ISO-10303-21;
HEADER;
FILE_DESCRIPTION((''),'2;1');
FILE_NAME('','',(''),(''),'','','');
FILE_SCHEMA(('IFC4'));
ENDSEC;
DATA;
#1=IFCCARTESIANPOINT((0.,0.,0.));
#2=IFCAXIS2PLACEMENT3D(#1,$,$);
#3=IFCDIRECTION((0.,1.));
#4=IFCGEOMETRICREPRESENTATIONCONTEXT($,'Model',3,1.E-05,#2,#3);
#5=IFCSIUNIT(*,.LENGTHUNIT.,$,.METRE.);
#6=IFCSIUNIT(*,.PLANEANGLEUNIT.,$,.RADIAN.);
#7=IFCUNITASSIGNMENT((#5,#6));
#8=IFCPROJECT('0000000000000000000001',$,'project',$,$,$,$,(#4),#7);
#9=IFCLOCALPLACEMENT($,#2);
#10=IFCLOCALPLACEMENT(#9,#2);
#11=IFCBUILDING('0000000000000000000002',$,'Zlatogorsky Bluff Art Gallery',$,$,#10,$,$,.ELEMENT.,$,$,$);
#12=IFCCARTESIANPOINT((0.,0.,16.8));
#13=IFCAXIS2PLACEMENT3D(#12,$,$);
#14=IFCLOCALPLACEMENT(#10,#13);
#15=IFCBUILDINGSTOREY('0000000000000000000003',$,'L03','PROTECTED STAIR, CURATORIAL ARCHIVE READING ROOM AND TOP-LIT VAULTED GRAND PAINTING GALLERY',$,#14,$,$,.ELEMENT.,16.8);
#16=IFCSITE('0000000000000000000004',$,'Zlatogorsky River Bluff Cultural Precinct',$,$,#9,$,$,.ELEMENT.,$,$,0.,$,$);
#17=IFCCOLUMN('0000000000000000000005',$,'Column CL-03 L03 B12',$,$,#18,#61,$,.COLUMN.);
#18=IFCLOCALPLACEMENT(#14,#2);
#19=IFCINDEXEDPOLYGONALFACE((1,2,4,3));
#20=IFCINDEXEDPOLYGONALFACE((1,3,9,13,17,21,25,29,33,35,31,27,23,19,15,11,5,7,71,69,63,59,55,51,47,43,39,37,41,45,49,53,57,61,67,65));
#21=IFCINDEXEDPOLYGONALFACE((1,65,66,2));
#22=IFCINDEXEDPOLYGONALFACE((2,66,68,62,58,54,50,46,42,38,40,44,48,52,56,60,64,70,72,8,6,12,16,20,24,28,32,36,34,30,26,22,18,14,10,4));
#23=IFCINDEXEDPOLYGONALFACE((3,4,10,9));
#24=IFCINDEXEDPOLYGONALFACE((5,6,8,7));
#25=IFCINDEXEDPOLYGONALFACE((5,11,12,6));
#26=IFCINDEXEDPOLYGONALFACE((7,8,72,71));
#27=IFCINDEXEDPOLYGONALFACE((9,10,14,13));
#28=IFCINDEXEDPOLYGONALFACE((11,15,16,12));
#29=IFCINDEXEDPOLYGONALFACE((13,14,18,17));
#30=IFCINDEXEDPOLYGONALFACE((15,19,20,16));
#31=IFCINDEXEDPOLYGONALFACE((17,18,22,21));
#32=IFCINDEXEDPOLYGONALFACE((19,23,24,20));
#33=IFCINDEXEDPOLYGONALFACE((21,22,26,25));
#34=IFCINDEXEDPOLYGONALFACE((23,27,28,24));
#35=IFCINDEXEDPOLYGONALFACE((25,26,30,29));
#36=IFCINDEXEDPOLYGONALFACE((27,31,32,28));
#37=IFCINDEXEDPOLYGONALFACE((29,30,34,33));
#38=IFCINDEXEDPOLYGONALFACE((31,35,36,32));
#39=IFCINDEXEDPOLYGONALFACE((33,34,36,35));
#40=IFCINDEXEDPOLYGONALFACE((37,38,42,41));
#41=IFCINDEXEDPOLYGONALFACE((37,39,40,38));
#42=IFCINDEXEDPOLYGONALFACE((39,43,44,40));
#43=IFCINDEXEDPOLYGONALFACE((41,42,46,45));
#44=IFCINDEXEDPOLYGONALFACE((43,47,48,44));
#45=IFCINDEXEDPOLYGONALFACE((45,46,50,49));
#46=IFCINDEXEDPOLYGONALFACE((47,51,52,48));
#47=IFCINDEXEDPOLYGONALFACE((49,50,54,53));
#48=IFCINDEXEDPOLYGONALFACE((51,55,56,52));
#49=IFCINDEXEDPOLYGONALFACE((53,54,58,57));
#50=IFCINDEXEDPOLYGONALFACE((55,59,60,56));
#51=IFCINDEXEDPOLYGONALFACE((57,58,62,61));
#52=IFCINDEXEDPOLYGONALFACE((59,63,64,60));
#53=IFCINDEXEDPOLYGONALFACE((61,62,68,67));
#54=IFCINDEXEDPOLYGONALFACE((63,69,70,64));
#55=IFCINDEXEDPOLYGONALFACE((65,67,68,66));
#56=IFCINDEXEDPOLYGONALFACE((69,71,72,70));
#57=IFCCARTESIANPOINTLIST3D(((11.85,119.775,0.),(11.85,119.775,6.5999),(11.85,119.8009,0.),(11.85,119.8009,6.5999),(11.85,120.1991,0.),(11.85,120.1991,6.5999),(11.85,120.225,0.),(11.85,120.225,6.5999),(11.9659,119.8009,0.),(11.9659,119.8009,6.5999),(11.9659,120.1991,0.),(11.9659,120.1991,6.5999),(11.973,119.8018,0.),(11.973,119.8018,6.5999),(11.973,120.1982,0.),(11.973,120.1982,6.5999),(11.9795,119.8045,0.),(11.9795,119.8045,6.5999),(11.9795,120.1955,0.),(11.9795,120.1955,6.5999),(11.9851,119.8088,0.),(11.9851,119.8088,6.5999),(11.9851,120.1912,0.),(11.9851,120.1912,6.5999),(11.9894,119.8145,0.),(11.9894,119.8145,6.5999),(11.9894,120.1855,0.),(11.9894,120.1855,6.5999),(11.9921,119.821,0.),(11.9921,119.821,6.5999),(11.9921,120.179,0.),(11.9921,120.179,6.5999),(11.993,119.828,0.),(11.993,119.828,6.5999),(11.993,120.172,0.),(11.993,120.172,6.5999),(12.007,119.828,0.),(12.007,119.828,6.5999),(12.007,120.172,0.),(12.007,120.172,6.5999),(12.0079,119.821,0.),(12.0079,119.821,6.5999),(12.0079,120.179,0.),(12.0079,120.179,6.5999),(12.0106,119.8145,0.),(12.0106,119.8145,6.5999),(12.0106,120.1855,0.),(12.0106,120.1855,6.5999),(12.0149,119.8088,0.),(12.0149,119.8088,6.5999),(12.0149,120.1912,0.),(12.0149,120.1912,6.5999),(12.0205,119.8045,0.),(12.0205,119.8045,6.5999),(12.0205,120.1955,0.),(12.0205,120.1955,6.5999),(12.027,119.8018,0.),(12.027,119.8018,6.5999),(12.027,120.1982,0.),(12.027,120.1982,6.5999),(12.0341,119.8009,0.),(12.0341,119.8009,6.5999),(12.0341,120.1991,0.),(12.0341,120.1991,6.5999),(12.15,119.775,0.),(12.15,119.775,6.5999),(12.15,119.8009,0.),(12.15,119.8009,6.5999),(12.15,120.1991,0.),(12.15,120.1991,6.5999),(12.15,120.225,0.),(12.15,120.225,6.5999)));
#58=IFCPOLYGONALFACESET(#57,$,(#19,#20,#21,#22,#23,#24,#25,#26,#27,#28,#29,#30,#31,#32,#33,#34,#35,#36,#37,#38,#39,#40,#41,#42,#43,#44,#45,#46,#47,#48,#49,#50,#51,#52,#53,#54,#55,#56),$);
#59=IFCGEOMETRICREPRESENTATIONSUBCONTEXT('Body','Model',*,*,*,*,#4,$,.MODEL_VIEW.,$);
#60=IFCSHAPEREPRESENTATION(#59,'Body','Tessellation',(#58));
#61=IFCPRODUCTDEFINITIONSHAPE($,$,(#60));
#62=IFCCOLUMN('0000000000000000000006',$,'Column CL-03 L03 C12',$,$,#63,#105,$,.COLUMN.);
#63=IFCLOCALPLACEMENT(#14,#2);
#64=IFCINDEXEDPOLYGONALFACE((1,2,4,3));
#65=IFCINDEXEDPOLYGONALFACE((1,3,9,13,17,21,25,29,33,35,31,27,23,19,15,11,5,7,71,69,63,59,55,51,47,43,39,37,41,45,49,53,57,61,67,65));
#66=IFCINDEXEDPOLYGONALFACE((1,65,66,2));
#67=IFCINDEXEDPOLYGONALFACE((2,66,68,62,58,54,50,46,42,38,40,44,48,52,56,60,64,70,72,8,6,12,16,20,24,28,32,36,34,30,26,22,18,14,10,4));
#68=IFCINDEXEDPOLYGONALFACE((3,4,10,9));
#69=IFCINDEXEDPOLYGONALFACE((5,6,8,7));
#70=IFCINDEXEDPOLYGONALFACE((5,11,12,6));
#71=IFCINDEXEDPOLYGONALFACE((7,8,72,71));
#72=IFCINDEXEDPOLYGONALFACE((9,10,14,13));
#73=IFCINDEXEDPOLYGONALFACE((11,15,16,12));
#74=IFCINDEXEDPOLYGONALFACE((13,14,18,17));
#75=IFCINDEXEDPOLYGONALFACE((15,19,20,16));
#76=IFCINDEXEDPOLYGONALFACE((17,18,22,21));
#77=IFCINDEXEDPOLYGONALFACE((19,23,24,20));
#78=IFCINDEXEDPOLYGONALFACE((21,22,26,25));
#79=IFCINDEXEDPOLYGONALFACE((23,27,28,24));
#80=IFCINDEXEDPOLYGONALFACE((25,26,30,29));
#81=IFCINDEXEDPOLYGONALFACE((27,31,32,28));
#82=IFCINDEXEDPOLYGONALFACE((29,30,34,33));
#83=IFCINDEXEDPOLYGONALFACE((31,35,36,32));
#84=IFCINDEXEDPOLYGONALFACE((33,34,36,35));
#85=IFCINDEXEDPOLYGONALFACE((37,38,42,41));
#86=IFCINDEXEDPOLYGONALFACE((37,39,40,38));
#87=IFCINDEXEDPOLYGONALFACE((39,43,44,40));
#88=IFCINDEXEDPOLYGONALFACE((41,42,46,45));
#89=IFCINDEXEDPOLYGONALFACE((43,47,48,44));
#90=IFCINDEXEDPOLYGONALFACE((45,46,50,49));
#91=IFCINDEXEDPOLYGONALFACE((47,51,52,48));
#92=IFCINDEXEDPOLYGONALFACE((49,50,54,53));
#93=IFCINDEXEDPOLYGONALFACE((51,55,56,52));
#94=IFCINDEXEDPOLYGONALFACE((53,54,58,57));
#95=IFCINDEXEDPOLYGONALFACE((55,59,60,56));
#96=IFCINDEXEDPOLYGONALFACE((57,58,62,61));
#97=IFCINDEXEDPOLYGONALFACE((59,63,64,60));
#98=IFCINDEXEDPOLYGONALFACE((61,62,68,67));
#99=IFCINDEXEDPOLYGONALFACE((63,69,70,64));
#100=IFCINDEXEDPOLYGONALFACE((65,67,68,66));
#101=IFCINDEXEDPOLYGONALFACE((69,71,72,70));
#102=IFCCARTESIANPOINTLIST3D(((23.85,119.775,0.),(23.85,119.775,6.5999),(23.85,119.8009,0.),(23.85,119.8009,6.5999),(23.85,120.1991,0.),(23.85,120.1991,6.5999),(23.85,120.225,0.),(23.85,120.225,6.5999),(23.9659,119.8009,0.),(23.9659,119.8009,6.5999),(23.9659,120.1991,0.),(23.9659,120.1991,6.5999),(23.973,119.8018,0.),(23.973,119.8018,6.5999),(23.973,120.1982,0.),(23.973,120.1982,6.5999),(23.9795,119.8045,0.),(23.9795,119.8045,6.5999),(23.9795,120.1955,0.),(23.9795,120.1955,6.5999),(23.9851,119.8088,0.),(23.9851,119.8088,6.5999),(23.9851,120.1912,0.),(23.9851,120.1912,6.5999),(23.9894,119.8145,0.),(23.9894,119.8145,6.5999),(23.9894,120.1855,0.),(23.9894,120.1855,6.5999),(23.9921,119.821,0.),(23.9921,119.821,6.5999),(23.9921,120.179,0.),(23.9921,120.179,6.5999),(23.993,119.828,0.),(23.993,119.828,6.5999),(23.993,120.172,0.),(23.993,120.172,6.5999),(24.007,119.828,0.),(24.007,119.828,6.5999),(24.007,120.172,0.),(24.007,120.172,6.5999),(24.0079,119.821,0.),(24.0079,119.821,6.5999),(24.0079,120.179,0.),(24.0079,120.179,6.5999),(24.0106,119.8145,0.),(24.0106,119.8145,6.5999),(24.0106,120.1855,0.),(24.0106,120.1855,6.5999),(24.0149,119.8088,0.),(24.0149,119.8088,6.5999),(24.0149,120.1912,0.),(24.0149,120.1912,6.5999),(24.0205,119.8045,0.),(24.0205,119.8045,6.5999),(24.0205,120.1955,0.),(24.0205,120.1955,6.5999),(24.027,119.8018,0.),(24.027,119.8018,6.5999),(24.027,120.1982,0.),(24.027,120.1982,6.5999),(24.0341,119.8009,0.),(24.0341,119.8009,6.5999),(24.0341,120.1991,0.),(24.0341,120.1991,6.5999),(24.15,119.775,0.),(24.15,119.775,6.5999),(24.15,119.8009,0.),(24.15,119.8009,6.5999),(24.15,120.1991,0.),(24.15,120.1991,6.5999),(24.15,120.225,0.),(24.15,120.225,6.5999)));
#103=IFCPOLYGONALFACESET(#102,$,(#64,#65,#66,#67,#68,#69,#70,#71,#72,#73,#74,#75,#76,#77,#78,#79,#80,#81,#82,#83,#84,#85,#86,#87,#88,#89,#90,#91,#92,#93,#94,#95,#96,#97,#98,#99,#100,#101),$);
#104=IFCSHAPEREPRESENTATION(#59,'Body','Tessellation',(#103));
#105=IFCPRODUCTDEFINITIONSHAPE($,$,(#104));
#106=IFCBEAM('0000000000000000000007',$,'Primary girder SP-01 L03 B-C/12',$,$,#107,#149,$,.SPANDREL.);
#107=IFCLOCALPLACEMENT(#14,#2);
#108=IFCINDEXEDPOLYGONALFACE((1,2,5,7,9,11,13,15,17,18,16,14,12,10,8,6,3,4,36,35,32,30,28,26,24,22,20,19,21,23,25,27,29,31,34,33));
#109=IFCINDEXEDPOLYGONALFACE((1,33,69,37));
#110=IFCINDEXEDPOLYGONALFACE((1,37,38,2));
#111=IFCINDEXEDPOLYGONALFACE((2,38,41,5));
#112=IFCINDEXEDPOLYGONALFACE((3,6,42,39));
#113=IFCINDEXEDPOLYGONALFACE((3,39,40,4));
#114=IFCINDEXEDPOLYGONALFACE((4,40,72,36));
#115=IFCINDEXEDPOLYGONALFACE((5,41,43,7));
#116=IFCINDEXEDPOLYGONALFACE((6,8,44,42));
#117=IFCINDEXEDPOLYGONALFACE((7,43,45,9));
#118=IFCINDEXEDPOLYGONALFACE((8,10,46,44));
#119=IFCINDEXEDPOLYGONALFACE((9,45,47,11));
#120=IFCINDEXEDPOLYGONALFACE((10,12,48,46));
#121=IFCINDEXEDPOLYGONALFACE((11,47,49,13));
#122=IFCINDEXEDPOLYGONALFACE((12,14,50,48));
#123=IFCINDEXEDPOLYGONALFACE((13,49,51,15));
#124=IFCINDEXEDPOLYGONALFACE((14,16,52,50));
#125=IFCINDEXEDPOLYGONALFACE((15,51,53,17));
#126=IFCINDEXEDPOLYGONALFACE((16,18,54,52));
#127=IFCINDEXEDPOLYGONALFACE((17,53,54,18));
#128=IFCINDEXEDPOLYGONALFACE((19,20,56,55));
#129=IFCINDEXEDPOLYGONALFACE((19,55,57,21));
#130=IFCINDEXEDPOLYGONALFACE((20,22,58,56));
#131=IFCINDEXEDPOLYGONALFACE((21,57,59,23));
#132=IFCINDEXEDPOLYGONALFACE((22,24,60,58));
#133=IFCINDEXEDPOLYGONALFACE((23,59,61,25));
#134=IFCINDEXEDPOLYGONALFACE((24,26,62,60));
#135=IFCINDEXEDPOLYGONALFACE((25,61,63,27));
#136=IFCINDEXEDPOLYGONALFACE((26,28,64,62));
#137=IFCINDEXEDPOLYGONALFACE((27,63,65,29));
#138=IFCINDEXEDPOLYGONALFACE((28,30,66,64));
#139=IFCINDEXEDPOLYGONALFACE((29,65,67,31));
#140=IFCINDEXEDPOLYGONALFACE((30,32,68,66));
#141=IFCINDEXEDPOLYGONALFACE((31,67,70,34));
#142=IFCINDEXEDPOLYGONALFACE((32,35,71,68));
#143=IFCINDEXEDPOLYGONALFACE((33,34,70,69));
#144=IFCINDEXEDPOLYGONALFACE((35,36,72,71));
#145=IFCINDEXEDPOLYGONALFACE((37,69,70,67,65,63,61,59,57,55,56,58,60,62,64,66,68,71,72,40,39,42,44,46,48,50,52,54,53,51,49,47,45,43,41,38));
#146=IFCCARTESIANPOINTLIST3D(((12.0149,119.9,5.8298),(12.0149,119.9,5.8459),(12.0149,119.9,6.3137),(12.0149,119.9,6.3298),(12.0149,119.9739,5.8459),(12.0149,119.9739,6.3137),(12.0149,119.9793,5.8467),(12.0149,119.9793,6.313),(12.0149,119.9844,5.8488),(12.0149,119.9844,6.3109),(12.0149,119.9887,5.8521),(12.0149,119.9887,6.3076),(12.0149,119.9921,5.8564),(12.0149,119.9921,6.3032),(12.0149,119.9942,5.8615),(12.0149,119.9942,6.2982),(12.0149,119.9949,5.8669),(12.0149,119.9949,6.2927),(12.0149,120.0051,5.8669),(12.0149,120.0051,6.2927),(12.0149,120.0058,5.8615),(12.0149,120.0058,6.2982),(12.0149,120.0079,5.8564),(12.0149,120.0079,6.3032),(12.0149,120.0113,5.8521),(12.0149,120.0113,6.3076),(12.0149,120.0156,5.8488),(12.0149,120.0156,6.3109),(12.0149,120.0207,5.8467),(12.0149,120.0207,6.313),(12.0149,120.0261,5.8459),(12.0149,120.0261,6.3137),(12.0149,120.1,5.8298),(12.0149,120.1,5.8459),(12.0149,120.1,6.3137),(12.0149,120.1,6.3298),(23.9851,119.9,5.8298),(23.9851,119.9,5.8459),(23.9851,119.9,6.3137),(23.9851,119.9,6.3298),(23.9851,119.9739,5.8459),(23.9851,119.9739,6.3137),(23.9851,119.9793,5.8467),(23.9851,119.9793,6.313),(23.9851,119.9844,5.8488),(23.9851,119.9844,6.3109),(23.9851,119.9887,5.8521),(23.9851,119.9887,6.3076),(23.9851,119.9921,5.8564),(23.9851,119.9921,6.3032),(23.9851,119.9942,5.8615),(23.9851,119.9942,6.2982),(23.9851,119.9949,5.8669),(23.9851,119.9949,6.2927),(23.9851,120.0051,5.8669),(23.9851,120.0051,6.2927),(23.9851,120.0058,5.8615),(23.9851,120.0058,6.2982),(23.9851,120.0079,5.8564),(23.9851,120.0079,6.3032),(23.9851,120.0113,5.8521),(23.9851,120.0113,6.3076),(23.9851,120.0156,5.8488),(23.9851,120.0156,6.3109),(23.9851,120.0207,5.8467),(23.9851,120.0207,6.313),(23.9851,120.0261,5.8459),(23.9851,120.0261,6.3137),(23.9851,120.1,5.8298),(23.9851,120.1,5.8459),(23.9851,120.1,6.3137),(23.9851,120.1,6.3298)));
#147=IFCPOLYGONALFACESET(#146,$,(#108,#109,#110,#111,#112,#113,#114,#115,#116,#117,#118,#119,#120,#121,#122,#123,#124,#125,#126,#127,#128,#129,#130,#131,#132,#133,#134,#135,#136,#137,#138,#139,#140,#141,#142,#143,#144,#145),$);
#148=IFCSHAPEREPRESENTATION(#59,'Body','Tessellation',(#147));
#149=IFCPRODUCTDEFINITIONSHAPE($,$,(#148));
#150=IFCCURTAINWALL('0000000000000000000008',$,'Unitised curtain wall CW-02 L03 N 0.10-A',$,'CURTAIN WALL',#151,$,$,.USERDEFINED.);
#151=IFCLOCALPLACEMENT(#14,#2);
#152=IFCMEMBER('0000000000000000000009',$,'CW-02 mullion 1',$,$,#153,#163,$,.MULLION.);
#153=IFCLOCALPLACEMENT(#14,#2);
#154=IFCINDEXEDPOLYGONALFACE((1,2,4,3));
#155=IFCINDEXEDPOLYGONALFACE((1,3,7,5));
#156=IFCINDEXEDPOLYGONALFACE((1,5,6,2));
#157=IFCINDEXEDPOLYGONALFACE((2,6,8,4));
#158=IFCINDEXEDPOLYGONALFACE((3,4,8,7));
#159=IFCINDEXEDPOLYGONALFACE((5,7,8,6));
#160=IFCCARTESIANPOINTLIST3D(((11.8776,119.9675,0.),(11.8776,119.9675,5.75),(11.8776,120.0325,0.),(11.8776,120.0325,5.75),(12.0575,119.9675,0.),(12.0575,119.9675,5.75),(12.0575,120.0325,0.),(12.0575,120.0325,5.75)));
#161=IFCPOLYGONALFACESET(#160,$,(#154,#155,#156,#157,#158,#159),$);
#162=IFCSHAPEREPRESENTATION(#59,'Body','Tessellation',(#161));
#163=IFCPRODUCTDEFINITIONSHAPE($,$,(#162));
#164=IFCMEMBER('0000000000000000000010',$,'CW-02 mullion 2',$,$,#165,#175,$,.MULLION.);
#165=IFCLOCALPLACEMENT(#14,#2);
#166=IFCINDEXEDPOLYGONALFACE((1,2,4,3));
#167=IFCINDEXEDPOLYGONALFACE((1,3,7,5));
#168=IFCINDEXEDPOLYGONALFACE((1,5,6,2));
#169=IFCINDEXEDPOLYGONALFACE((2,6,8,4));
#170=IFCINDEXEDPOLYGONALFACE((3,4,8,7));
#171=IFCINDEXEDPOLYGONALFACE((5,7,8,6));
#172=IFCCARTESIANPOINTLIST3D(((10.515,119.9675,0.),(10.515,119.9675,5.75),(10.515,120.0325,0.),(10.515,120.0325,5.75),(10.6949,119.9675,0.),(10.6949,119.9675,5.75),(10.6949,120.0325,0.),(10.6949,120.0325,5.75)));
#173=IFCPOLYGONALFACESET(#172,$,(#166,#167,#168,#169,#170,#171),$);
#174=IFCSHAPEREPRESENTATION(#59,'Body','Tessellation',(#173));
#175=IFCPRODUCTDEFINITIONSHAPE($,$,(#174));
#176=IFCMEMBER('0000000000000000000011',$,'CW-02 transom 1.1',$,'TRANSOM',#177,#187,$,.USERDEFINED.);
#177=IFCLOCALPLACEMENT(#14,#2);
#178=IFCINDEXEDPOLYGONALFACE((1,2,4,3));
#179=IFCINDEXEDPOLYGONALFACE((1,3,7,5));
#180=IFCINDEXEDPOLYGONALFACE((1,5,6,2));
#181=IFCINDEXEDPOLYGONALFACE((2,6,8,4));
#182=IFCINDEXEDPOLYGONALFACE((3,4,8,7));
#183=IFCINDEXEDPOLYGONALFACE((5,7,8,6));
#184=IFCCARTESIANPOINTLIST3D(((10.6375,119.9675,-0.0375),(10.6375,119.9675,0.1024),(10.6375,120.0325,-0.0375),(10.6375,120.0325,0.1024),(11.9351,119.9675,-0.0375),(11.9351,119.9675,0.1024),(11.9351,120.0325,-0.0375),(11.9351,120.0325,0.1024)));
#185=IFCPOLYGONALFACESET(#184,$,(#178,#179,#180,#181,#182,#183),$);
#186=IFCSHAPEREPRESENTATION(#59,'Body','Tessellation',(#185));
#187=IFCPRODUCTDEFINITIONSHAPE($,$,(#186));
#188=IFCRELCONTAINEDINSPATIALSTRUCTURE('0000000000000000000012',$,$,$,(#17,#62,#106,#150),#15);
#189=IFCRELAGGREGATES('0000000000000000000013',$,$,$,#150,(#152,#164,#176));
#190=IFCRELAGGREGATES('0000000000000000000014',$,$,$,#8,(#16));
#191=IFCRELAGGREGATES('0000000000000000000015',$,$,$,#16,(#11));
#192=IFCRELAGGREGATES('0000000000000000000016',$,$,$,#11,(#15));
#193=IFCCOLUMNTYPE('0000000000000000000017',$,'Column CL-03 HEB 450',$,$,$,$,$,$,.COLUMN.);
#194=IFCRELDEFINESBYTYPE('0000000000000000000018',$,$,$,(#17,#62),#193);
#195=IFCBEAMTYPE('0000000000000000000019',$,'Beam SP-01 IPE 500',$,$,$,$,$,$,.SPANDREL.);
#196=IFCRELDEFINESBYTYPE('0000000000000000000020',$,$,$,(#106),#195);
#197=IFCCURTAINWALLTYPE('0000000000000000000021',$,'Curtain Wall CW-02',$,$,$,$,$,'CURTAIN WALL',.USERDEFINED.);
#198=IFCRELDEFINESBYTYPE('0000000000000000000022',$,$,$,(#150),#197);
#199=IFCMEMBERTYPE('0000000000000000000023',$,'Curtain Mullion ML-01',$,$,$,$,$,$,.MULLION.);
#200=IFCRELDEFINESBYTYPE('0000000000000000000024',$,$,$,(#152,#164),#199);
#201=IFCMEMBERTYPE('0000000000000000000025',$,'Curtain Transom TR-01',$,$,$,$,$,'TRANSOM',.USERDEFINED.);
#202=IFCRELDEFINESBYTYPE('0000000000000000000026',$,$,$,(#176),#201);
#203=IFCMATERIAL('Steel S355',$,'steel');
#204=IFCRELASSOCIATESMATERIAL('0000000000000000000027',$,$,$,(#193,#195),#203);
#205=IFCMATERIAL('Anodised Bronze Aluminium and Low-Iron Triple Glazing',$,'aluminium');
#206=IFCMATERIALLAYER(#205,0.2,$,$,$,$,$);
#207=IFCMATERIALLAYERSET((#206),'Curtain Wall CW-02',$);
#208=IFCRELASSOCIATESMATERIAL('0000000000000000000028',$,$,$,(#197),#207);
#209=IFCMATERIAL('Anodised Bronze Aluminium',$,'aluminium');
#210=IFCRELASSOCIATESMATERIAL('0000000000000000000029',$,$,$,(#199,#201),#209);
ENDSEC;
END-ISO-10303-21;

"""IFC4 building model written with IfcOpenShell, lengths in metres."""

from ifc_helpers import new_model, si_unit, direction, frame, origin, origin_2d, place, context, subcontext, project, spatial, rectangle, i_section, extrude, material, layer, layer_set, material_profile, profile_set, type_object, element, aggregate, save


model = new_model("IFC4")

# Units and contexts
model_context = context("Model", 3, precision=1e-05, world=origin(), true_north=direction((0.0, 1.0)))
body_context = subcontext(model_context, "Body", "Model", "MODEL_VIEW")
ifc_project = project(units=[si_unit("LENGTHUNIT", "METRE"), si_unit("PLANEANGLEUNIT", "RADIAN")], contexts=[model_context])

# Site, building, storey
site_placement = place(None, origin())
site = spatial("IfcSite", under=ifc_project, at=site_placement, Name="Zlatogorsky River Bluff Cultural Precinct", CompositionType="ELEMENT", RefElevation=0.0)
building_placement = place(site_placement, origin())
building = spatial("IfcBuilding", under=site, at=building_placement, Name="Zlatogorsky Bluff Art Gallery", CompositionType="ELEMENT")
storey_placement = place(building_placement, frame((0.0, 0.0, 16.8)))
storey = spatial("IfcBuildingStorey", under=building, at=storey_placement, Name="L03", Description="PROTECTED STAIR, CURATORIAL ARCHIVE READING ROOM AND TOP-LIT VAULTED GRAND PAINTING GALLERY", CompositionType="ELEMENT", Elevation=16.8)

# Columns
ifc_material_1 = material(Name="Steel S355", Category="steel")
ifc_material_profile_1 = material_profile(ifc_material_1, i_section(OverallWidth=0.3, OverallDepth=0.45, WebThickness=0.0139, FlangeThickness=0.0259, FilletRadius=0.0271, at=origin_2d()), Name="HEB 450")
ifc_profile_set_1 = profile_set([ifc_material_profile_1], Name="Steel S355")
column_type = type_object("IfcColumnType", Name="Column CL-03 HEB 450", PredefinedType="COLUMN", material=ifc_profile_set_1)
for number, where, z_axis, x_axis, name in (
    (1, (12.0, 120.0, 0.0), (0.0, 0.0, 1.0), (1.0, 0.0, 0.0), "Column CL-03 L03 B12"),
    (2, (24.0, 120.0, 0.0), (0.0, 0.0, 1.0), (1.0, 0.0, 0.0), "Column CL-03 L03 C12"),
):
    element("IfcColumn", number, at=place(storey_placement, frame(where, z_axis=z_axis, x_axis=x_axis)), inside=storey, type_object=column_type, Name=name, PredefinedType="COLUMN", context=body_context, shape_type="SweptSolid", body=[
        extrude(i_section(OverallWidth=0.3, OverallDepth=0.45, WebThickness=0.0139, FlangeThickness=0.0259, FilletRadius=0.0271, at=origin_2d()), origin(), (0.0, 0.0, 1.0), 6.5999),
    ])

# Beam
ifc_material_profile_2 = material_profile(ifc_material_1, i_section(OverallWidth=0.2, OverallDepth=0.5, WebThickness=0.0103, FlangeThickness=0.0161, FilletRadius=0.021, at=origin_2d()), Name="IPE 500")
ifc_profile_set_2 = profile_set([ifc_material_profile_2], Name="Steel S355")
beam_type = type_object("IfcBeamType", Name="Beam SP-01 IPE 500", PredefinedType="SPANDREL", material=ifc_profile_set_2)
beam_placement = place(storey_placement, frame((12.0149, 120.0, 6.0798), z_axis=(1.0, 0.0, 0.0), x_axis=(0.0, 1.0, 0.0)))
element("IfcBeam", 3, at=beam_placement, inside=storey, type_object=beam_type, Name="Primary girder SP-01 L03 B-C/12", PredefinedType="SPANDREL", context=body_context, shape_type="SweptSolid", body=[
    extrude(i_section(OverallWidth=0.2, OverallDepth=0.5, WebThickness=0.0103, FlangeThickness=0.0161, FilletRadius=0.021, at=origin_2d()), origin(), (0.0, 0.0, 1.0), 11.9702),
])

# Curtain wall, members
ifc_material_2 = material(Name="Anodised Bronze Aluminium and Low-Iron Triple Glazing", Category="aluminium")
ifc_layer_1 = layer(ifc_material_2, 0.2)
ifc_layer_set_1 = layer_set([ifc_layer_1], Name="Curtain Wall CW-02")
curtain_wall_type = type_object("IfcCurtainWallType", Name="Curtain Wall CW-02", ElementType="CURTAIN WALL", PredefinedType="USERDEFINED", material=ifc_layer_set_1)
curtain_wall_placement = place(storey_placement, origin())
curtain_wall = element("IfcCurtainWall", 4, at=curtain_wall_placement, inside=storey, type_object=curtain_wall_type, Name="Unitised curtain wall CW-02 L03 N 0.10-A", ObjectType="CURTAIN WALL", PredefinedType="USERDEFINED")
ifc_material_3 = material(Name="Anodised Bronze Aluminium", Category="aluminium")
ifc_material_profile_3 = material_profile(ifc_material_3, rectangle(XDim=0.0649, YDim=0.1799, at=origin_2d()), Name="ALU MULLION 65x180")
ifc_profile_set_3 = profile_set([ifc_material_profile_3], Name="Anodised Bronze Aluminium")
member_type_1 = type_object("IfcMemberType", Name="Curtain Mullion ML-01", PredefinedType="MULLION", material=ifc_profile_set_3)
member_1_placement = place(storey_placement, frame((11.9675, 120.0, 0.0), z_axis=(0.0, 0.0, 1.0), x_axis=(0.0, -1.0, 0.0)))
member_1 = element("IfcMember", 5, at=member_1_placement, type_object=member_type_1, Name="CW-02 mullion 1", PredefinedType="MULLION", context=body_context, shape_type="SweptSolid", body=[
    extrude(rectangle(XDim=0.0649, YDim=0.1799, at=origin_2d()), origin(), (0.0, 0.0, 1.0), 5.75),
])
member_2_placement = place(storey_placement, frame((10.605, 120.0, 0.0), z_axis=(0.0, 0.0, 1.0), x_axis=(0.0, -1.0, 0.0)))
member_2 = element("IfcMember", 6, at=member_2_placement, type_object=member_type_1, Name="CW-02 mullion 2", PredefinedType="MULLION", context=body_context, shape_type="SweptSolid", body=[
    extrude(rectangle(XDim=0.0649, YDim=0.1799, at=origin_2d()), origin(), (0.0, 0.0, 1.0), 5.75),
])
ifc_material_profile_4 = material_profile(ifc_material_3, rectangle(XDim=0.0649, YDim=0.1399, at=origin_2d()), Name="ALU TRANSOM 65x140")
ifc_profile_set_4 = profile_set([ifc_material_profile_4], Name="Anodised Bronze Aluminium")
member_type_2 = type_object("IfcMemberType", Name="Curtain Transom TR-01", ElementType="TRANSOM", PredefinedType="USERDEFINED", material=ifc_profile_set_4)
member_3_placement = place(storey_placement, frame((11.9351, 120.0, 0.0325), z_axis=(-1.0, 0.0, 0.0), x_axis=(0.0, -1.0, 0.0)))
member_3 = element("IfcMember", 7, at=member_3_placement, type_object=member_type_2, Name="CW-02 transom 1.1", ObjectType="TRANSOM", PredefinedType="USERDEFINED", context=body_context, shape_type="SweptSolid", body=[
    extrude(rectangle(XDim=0.0649, YDim=0.1399, at=origin_2d()), origin(), (0.0, 0.0, 1.0), 1.2976),
])
aggregate(curtain_wall, [member_1, member_2, member_3])

save(model, "model.ifc")
